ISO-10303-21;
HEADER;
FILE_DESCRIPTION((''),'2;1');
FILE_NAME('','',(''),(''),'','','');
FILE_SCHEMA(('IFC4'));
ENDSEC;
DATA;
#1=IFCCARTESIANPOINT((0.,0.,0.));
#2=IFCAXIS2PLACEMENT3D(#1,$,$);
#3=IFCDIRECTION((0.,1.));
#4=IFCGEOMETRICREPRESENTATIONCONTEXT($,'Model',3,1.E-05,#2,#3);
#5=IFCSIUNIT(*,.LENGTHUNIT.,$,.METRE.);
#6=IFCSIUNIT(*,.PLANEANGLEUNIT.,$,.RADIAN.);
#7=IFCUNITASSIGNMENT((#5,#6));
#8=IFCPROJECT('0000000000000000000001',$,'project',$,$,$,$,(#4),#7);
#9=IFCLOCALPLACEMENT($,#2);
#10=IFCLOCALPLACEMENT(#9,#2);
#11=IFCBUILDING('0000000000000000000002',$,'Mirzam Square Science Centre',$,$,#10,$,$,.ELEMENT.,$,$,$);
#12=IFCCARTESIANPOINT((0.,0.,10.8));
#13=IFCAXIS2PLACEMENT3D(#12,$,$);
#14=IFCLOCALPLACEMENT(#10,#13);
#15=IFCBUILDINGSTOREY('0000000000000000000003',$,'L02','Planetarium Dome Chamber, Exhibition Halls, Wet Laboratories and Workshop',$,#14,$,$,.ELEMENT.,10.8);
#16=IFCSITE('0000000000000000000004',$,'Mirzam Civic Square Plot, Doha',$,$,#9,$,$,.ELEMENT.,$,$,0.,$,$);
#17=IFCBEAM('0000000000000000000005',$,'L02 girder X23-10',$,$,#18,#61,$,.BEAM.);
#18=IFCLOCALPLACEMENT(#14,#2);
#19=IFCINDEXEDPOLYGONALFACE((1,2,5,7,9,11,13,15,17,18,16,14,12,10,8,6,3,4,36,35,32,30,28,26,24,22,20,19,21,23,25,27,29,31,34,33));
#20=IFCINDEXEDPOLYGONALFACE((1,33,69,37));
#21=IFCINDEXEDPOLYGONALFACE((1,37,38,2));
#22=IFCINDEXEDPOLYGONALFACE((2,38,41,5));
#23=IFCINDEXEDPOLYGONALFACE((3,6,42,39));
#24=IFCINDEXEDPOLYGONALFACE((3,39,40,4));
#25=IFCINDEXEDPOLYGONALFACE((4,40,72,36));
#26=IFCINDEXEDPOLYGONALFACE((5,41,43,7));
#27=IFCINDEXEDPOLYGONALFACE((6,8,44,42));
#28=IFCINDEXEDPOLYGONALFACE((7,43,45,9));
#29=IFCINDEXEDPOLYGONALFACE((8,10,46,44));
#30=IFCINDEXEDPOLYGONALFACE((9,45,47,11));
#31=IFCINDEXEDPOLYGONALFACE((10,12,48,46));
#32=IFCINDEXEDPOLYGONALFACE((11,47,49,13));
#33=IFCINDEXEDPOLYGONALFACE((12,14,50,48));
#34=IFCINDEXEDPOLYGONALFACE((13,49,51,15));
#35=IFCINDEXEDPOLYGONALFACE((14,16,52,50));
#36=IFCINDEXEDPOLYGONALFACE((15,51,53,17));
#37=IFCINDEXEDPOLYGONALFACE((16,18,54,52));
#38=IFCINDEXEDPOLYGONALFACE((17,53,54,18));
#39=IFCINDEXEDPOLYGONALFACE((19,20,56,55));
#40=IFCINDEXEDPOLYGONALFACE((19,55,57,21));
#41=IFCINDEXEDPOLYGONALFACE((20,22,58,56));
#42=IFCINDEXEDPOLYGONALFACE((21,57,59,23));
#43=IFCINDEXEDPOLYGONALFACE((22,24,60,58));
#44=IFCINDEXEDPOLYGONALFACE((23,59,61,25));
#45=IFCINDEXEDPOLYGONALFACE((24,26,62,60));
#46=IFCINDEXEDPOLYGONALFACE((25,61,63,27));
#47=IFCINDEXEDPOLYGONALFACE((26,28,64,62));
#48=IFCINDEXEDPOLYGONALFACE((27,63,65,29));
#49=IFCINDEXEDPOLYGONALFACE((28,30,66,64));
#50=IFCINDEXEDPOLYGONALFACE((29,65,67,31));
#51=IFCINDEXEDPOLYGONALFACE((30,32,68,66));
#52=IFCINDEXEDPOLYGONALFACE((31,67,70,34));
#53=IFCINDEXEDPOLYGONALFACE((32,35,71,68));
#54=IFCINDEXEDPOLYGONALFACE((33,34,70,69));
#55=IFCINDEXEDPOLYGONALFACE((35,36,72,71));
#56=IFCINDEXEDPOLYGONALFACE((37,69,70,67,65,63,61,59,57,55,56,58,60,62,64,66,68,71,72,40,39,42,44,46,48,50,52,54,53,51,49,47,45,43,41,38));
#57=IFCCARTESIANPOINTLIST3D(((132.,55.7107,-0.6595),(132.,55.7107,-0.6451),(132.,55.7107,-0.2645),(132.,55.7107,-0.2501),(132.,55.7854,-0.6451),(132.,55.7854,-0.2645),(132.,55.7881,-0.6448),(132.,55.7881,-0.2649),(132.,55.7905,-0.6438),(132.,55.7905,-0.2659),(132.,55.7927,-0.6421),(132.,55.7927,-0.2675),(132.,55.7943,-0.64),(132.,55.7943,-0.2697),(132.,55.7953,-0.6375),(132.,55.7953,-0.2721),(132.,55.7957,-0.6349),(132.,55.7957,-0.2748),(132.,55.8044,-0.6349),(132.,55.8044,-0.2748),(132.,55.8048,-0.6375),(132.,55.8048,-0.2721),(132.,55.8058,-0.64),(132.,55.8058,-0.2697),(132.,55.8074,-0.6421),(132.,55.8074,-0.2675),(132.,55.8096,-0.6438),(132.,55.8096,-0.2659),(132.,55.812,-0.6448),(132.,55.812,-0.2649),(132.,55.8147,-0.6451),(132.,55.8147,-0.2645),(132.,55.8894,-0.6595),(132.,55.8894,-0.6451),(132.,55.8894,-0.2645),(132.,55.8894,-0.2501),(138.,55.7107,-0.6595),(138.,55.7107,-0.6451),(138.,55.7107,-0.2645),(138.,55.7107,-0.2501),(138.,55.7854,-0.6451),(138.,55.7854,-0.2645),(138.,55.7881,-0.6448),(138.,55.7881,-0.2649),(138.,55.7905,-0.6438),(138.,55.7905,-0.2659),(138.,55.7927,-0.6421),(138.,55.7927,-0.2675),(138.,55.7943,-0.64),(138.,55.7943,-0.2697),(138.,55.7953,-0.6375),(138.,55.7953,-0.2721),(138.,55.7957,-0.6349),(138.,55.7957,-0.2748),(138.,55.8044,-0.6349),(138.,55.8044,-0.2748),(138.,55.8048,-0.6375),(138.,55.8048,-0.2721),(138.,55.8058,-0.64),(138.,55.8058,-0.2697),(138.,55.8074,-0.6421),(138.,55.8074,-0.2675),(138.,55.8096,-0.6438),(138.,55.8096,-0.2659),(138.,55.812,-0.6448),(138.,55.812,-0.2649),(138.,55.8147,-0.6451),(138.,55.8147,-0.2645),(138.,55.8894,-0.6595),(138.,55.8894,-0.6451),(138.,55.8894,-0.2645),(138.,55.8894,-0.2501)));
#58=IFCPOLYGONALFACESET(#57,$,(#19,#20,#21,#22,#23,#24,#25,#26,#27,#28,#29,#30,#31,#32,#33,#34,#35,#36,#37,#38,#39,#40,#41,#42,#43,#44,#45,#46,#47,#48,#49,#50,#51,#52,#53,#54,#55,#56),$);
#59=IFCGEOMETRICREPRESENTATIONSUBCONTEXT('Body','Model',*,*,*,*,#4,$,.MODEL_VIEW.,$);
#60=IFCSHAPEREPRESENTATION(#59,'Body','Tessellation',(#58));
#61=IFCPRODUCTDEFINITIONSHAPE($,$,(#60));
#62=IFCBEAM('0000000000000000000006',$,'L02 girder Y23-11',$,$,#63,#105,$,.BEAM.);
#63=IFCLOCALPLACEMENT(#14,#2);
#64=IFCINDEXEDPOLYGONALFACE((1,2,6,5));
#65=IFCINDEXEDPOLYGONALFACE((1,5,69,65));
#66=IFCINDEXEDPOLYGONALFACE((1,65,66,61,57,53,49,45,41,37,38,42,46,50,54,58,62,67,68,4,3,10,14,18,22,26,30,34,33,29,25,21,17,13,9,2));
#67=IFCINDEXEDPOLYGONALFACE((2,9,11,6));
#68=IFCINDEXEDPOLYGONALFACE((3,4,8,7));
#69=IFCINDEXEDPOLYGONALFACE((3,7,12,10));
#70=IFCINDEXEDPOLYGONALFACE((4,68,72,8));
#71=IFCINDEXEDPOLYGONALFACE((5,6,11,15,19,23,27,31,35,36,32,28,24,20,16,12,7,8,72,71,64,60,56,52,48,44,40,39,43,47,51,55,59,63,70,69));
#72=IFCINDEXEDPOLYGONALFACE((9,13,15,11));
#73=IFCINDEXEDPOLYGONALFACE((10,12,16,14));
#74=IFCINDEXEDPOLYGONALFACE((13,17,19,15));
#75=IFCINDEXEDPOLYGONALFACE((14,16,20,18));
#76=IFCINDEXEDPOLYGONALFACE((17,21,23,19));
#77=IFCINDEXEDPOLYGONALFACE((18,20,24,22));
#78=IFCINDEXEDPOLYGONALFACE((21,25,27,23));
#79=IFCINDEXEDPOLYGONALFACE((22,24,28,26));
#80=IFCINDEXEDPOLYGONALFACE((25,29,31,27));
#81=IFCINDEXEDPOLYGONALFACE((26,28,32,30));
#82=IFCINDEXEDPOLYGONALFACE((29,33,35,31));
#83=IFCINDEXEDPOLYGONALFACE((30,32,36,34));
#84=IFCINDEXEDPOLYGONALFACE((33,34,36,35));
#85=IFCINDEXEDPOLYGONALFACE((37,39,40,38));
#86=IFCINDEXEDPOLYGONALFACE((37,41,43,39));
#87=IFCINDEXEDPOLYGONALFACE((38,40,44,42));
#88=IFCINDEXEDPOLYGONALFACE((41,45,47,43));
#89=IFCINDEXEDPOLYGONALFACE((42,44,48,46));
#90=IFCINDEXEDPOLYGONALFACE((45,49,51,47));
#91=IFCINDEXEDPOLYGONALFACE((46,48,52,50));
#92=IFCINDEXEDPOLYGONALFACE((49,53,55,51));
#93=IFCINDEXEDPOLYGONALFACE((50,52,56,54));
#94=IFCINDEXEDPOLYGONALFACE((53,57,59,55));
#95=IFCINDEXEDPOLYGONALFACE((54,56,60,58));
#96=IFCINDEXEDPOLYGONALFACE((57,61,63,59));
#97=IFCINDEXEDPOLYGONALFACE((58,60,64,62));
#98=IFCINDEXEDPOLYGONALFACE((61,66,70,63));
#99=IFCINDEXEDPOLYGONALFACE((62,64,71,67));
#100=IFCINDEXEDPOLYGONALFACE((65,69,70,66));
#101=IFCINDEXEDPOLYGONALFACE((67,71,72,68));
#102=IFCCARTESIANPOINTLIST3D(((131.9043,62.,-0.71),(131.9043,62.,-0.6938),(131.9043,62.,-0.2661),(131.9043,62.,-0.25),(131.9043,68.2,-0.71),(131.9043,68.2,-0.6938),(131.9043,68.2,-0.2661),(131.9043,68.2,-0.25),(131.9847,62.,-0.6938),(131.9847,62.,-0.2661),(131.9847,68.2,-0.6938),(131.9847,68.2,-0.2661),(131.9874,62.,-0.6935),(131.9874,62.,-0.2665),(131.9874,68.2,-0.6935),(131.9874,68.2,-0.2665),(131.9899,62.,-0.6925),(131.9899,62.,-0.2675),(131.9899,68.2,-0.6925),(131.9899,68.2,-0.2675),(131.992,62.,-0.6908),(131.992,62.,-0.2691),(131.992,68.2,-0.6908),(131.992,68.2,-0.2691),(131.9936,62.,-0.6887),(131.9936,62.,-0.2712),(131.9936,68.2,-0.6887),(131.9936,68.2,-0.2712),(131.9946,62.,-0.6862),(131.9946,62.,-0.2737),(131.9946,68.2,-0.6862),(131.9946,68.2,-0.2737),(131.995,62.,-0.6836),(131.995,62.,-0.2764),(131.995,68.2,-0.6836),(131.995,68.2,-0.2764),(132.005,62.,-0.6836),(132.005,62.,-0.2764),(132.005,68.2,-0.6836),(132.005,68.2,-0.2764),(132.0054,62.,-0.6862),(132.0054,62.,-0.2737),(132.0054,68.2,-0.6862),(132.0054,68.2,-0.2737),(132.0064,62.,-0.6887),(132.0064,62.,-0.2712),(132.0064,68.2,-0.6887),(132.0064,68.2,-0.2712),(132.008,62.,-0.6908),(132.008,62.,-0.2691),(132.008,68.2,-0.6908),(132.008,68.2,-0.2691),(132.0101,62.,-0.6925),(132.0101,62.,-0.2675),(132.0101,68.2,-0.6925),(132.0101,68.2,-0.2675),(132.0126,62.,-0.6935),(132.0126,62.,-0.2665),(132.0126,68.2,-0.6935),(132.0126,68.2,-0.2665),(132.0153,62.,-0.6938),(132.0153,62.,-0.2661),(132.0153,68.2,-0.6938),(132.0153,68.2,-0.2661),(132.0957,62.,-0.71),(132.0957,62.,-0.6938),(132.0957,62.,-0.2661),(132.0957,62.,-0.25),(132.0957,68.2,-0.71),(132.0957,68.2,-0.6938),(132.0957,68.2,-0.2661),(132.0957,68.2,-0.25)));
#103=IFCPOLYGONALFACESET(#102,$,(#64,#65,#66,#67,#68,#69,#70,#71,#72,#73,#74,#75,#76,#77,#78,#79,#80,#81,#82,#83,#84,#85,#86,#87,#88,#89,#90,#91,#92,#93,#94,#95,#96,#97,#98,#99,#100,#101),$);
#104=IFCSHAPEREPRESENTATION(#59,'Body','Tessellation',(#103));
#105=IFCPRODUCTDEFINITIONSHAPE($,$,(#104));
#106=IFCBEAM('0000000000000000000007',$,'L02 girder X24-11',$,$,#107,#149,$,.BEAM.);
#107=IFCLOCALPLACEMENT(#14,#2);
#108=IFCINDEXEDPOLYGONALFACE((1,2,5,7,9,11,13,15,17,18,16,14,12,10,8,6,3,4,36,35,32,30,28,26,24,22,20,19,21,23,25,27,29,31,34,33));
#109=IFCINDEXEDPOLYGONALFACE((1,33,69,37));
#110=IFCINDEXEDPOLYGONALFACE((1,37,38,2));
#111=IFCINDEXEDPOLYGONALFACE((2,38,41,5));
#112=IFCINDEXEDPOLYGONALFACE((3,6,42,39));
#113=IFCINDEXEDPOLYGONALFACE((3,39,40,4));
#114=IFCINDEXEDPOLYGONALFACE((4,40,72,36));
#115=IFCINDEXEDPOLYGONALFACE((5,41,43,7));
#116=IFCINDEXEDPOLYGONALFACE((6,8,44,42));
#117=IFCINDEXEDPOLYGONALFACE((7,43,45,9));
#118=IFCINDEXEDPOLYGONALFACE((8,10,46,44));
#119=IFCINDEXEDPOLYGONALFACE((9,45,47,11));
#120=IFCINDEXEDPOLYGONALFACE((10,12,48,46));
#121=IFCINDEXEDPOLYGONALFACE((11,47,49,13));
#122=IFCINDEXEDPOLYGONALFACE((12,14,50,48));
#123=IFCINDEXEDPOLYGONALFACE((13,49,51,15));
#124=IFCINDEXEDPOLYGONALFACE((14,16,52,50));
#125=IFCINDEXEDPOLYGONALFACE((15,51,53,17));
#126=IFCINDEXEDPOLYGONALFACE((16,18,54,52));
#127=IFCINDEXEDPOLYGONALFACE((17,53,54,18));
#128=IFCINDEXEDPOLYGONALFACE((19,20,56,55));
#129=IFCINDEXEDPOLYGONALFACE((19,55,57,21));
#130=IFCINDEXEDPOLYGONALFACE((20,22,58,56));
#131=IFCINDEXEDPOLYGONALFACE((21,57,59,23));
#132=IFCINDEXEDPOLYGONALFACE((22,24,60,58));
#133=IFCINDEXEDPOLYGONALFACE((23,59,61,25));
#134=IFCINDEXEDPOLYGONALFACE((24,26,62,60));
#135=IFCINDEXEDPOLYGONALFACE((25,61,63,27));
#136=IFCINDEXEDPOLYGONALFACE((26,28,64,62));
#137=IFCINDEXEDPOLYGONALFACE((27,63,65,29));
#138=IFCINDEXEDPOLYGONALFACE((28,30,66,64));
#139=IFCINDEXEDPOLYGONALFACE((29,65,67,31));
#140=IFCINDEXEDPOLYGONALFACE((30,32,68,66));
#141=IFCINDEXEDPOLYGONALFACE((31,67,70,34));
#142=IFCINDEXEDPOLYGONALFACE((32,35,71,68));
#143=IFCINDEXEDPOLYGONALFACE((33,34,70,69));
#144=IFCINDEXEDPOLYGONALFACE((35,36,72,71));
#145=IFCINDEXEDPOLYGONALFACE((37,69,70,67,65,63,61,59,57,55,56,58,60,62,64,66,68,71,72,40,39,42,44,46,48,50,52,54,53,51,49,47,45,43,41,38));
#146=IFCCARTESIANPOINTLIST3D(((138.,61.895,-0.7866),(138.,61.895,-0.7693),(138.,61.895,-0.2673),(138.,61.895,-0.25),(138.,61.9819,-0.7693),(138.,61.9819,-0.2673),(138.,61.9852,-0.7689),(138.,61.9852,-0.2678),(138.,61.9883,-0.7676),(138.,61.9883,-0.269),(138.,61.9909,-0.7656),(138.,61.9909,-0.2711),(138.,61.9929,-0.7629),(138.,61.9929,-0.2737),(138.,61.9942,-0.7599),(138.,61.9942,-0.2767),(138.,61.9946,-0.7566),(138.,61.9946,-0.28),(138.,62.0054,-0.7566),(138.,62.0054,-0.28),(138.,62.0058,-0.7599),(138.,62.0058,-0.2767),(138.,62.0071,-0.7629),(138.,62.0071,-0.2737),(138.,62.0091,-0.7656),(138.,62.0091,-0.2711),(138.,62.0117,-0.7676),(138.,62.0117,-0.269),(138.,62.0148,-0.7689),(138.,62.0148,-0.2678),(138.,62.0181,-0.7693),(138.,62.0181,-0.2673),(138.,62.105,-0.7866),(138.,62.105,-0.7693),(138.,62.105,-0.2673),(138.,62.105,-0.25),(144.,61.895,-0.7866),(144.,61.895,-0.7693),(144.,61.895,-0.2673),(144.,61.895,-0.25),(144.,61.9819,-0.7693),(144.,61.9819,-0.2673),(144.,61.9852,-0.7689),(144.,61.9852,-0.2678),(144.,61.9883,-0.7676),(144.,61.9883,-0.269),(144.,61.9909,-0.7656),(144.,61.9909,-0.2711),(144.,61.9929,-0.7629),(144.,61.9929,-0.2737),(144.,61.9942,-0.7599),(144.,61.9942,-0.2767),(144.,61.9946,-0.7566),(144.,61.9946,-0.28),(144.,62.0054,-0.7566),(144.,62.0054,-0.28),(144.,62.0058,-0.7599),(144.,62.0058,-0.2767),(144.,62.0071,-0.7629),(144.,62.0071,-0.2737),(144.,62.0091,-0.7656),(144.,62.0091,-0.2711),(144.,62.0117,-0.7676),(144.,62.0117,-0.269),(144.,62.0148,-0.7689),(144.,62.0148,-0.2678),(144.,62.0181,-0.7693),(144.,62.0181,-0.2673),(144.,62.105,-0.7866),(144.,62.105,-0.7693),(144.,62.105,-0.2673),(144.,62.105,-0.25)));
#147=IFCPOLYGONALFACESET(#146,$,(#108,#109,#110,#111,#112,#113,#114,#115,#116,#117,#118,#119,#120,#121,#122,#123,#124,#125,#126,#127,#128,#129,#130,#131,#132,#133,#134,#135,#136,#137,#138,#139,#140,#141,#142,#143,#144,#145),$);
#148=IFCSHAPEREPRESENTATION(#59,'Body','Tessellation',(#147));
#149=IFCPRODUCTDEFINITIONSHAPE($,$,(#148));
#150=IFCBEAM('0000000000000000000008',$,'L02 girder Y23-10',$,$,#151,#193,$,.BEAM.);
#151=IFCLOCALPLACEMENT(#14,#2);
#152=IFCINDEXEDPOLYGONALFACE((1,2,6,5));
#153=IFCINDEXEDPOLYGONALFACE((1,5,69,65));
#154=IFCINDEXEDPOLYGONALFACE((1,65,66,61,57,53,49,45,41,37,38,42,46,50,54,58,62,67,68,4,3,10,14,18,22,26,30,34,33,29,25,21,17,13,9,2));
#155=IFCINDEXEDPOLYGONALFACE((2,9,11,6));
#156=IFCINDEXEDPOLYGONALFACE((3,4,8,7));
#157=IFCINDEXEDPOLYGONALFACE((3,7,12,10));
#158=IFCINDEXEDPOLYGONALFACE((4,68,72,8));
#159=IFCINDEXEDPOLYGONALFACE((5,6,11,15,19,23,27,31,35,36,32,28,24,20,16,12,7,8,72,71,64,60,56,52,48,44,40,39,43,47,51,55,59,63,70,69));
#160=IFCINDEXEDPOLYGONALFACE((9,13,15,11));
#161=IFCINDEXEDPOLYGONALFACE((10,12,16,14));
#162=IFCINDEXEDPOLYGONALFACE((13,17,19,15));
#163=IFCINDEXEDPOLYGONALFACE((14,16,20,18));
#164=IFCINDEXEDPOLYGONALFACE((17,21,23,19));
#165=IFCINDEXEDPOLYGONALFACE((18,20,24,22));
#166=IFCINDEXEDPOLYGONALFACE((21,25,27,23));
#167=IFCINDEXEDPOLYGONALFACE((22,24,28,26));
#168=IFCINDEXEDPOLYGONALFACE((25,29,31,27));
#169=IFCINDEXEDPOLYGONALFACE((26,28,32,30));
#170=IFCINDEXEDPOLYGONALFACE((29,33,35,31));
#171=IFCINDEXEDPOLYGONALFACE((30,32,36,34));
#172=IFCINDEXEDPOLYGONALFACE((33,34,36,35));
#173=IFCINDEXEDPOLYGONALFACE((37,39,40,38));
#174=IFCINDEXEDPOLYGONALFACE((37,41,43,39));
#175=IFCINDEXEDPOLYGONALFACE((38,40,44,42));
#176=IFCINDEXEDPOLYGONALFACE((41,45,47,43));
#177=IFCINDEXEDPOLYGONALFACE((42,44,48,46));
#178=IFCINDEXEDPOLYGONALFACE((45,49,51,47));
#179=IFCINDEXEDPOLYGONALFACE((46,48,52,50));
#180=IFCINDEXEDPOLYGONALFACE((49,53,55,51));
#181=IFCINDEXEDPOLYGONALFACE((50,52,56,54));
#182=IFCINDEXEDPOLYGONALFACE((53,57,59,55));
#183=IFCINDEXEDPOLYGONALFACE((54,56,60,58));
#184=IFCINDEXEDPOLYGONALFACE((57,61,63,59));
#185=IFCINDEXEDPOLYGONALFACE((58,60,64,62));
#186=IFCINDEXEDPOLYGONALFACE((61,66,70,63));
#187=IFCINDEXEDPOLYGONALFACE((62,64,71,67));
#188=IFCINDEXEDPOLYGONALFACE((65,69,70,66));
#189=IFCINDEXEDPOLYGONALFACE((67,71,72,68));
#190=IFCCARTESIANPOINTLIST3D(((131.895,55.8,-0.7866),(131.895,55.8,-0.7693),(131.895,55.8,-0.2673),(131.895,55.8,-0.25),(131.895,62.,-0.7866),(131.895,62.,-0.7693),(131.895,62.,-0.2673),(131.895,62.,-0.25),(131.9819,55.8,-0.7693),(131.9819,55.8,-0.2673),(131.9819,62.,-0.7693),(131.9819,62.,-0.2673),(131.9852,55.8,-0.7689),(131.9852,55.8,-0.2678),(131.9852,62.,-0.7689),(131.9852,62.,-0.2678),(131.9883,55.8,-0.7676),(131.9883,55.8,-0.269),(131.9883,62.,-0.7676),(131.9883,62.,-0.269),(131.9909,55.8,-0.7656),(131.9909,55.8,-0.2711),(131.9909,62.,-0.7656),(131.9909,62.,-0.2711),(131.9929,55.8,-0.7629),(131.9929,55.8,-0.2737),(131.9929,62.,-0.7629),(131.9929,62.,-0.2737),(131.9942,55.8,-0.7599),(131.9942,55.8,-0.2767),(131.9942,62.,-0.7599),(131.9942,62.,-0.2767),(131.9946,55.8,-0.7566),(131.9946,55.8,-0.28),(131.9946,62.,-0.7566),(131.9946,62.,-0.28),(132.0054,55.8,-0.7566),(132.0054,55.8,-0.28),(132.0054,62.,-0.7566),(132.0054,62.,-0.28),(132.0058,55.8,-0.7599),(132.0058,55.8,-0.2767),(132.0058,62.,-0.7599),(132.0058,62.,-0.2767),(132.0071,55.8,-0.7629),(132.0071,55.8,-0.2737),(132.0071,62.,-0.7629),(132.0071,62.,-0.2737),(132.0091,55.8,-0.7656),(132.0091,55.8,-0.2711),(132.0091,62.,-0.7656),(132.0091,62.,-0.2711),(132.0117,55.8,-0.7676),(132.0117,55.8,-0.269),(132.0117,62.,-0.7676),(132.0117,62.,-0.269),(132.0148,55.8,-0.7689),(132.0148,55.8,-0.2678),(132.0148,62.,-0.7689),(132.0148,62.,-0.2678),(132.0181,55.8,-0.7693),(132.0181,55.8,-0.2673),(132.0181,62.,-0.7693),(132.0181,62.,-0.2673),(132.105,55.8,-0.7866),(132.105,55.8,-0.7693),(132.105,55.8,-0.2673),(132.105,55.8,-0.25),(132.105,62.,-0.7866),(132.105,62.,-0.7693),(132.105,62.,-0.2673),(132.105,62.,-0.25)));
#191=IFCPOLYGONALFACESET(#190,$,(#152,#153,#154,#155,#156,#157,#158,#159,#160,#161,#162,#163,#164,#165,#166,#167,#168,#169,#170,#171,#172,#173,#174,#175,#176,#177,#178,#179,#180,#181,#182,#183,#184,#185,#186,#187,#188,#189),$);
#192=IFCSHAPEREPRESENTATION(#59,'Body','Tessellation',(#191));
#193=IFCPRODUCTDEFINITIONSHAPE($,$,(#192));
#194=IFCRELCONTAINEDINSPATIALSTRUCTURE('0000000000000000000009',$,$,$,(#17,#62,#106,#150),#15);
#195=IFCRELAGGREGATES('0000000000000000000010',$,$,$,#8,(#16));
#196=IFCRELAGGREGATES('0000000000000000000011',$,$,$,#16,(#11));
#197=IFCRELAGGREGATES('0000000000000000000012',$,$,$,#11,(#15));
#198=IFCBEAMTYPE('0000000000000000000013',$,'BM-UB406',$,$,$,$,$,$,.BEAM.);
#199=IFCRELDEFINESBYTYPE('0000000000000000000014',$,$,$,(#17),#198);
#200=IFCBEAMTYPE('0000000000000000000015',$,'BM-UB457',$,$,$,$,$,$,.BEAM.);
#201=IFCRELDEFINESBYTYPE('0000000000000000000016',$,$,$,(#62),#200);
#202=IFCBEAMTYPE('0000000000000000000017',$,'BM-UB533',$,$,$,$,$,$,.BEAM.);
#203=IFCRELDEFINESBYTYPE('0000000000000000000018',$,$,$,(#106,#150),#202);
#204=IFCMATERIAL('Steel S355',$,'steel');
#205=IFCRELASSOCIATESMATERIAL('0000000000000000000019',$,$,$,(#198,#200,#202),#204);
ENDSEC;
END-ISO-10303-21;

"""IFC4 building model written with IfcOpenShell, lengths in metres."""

from ifc_helpers import new_model, si_unit, direction, frame, origin, origin_2d, place, context, subcontext, project, spatial, i_section, extrude, material, material_profile, profile_set, type_object, element, save


model = new_model("IFC4")

# Units and contexts
model_context = context("Model", 3, precision=1e-05, world=origin(), true_north=direction((0.0, 1.0)))
body_context = subcontext(model_context, "Body", "Model", "MODEL_VIEW")
ifc_project = project(units=[si_unit("LENGTHUNIT", "METRE"), si_unit("PLANEANGLEUNIT", "RADIAN")], contexts=[model_context])

# Site, building, storey
site_placement = place(None, origin())
site = spatial("IfcSite", under=ifc_project, at=site_placement, Name="Mirzam Civic Square Plot, Doha", CompositionType="ELEMENT", RefElevation=0.0)
building_placement = place(site_placement, origin())
building = spatial("IfcBuilding", under=site, at=building_placement, Name="Mirzam Square Science Centre", CompositionType="ELEMENT")
storey_placement = place(building_placement, frame((0.0, 0.0, 10.8)))
storey = spatial("IfcBuildingStorey", under=building, at=storey_placement, Name="L02", Description="Planetarium Dome Chamber, Exhibition Halls, Wet Laboratories and Workshop", CompositionType="ELEMENT", Elevation=10.8)

# Shared definitions
ifc_material_1 = material(Name="Steel S355", Category="steel")

# Beams
ifc_material_profile_1 = material_profile(ifc_material_1, i_section(OverallWidth=0.1787, OverallDepth=0.4094, WebThickness=0.0088, FlangeThickness=0.0144, FilletRadius=0.0103, at=origin_2d()), Name="406x178x67UB")
ifc_profile_set_1 = profile_set([ifc_material_profile_1], Name="Steel S355")
beam_type_1 = type_object("IfcBeamType", Name="BM-UB406", PredefinedType="BEAM", material=ifc_profile_set_1)
beam_1_placement = place(storey_placement, frame((132.0, 55.8, -0.4548), z_axis=(1.0, 0.0, 0.0), x_axis=(0.0, 1.0, 0.0)))
element("IfcBeam", 1, at=beam_1_placement, inside=storey, type_object=beam_type_1, Name="L02 girder X23-10", PredefinedType="BEAM", context=body_context, shape_type="SweptSolid", body=[
    extrude(i_section(OverallWidth=0.1787, OverallDepth=0.4094, WebThickness=0.0088, FlangeThickness=0.0144, FilletRadius=0.0103, at=origin_2d()), origin(), (0.0, 0.0, 1.0), 6.0),
])
ifc_material_profile_2 = material_profile(ifc_material_1, i_section(OverallWidth=0.1914, OverallDepth=0.46, WebThickness=0.01, FlangeThickness=0.0161, FilletRadius=0.0103, at=origin_2d()), Name="457x191x82UB")
ifc_profile_set_2 = profile_set([ifc_material_profile_2], Name="Steel S355")
beam_type_2 = type_object("IfcBeamType", Name="BM-UB457", PredefinedType="BEAM", material=ifc_profile_set_2)
beam_2_placement = place(storey_placement, frame((132.0, 62.0, -0.48), z_axis=(0.0, 1.0, 0.0), x_axis=(-1.0, 0.0, 0.0)))
element("IfcBeam", 2, at=beam_2_placement, inside=storey, type_object=beam_type_2, Name="L02 girder Y23-11", PredefinedType="BEAM", context=body_context, shape_type="SweptSolid", body=[
    extrude(i_section(OverallWidth=0.1914, OverallDepth=0.46, WebThickness=0.01, FlangeThickness=0.0161, FilletRadius=0.0103, at=origin_2d()), origin(), (0.0, 0.0, 1.0), 6.2),
])
ifc_material_profile_3 = material_profile(ifc_material_1, i_section(OverallWidth=0.21, OverallDepth=0.5366, WebThickness=0.0107, FlangeThickness=0.0173, FilletRadius=0.0127, at=origin_2d()), Name="533x210x101UB")
ifc_profile_set_3 = profile_set([ifc_material_profile_3], Name="Steel S355")
beam_type_3 = type_object("IfcBeamType", Name="BM-UB533", PredefinedType="BEAM", material=ifc_profile_set_3)
beam_3_placement = place(storey_placement, frame((138.0, 62.0, -0.5183), z_axis=(1.0, 0.0, 0.0), x_axis=(0.0, 1.0, 0.0)))
element("IfcBeam", 3, at=beam_3_placement, inside=storey, type_object=beam_type_3, Name="L02 girder X24-11", PredefinedType="BEAM", context=body_context, shape_type="SweptSolid", body=[
    extrude(i_section(OverallWidth=0.21, OverallDepth=0.5366, WebThickness=0.0107, FlangeThickness=0.0173, FilletRadius=0.0127, at=origin_2d()), origin(), (0.0, 0.0, 1.0), 6.0),
])
beam_4_placement = place(storey_placement, frame((132.0, 55.8, -0.5183), z_axis=(0.0, 1.0, 0.0), x_axis=(-1.0, 0.0, 0.0)))
element("IfcBeam", 4, at=beam_4_placement, inside=storey, type_object=beam_type_3, Name="L02 girder Y23-10", PredefinedType="BEAM", context=body_context, shape_type="SweptSolid", body=[
    extrude(i_section(OverallWidth=0.21, OverallDepth=0.5366, WebThickness=0.0107, FlangeThickness=0.0173, FilletRadius=0.0127, at=origin_2d()), origin(), (0.0, 0.0, 1.0), 6.2),
])

save(model, "model.ifc")
